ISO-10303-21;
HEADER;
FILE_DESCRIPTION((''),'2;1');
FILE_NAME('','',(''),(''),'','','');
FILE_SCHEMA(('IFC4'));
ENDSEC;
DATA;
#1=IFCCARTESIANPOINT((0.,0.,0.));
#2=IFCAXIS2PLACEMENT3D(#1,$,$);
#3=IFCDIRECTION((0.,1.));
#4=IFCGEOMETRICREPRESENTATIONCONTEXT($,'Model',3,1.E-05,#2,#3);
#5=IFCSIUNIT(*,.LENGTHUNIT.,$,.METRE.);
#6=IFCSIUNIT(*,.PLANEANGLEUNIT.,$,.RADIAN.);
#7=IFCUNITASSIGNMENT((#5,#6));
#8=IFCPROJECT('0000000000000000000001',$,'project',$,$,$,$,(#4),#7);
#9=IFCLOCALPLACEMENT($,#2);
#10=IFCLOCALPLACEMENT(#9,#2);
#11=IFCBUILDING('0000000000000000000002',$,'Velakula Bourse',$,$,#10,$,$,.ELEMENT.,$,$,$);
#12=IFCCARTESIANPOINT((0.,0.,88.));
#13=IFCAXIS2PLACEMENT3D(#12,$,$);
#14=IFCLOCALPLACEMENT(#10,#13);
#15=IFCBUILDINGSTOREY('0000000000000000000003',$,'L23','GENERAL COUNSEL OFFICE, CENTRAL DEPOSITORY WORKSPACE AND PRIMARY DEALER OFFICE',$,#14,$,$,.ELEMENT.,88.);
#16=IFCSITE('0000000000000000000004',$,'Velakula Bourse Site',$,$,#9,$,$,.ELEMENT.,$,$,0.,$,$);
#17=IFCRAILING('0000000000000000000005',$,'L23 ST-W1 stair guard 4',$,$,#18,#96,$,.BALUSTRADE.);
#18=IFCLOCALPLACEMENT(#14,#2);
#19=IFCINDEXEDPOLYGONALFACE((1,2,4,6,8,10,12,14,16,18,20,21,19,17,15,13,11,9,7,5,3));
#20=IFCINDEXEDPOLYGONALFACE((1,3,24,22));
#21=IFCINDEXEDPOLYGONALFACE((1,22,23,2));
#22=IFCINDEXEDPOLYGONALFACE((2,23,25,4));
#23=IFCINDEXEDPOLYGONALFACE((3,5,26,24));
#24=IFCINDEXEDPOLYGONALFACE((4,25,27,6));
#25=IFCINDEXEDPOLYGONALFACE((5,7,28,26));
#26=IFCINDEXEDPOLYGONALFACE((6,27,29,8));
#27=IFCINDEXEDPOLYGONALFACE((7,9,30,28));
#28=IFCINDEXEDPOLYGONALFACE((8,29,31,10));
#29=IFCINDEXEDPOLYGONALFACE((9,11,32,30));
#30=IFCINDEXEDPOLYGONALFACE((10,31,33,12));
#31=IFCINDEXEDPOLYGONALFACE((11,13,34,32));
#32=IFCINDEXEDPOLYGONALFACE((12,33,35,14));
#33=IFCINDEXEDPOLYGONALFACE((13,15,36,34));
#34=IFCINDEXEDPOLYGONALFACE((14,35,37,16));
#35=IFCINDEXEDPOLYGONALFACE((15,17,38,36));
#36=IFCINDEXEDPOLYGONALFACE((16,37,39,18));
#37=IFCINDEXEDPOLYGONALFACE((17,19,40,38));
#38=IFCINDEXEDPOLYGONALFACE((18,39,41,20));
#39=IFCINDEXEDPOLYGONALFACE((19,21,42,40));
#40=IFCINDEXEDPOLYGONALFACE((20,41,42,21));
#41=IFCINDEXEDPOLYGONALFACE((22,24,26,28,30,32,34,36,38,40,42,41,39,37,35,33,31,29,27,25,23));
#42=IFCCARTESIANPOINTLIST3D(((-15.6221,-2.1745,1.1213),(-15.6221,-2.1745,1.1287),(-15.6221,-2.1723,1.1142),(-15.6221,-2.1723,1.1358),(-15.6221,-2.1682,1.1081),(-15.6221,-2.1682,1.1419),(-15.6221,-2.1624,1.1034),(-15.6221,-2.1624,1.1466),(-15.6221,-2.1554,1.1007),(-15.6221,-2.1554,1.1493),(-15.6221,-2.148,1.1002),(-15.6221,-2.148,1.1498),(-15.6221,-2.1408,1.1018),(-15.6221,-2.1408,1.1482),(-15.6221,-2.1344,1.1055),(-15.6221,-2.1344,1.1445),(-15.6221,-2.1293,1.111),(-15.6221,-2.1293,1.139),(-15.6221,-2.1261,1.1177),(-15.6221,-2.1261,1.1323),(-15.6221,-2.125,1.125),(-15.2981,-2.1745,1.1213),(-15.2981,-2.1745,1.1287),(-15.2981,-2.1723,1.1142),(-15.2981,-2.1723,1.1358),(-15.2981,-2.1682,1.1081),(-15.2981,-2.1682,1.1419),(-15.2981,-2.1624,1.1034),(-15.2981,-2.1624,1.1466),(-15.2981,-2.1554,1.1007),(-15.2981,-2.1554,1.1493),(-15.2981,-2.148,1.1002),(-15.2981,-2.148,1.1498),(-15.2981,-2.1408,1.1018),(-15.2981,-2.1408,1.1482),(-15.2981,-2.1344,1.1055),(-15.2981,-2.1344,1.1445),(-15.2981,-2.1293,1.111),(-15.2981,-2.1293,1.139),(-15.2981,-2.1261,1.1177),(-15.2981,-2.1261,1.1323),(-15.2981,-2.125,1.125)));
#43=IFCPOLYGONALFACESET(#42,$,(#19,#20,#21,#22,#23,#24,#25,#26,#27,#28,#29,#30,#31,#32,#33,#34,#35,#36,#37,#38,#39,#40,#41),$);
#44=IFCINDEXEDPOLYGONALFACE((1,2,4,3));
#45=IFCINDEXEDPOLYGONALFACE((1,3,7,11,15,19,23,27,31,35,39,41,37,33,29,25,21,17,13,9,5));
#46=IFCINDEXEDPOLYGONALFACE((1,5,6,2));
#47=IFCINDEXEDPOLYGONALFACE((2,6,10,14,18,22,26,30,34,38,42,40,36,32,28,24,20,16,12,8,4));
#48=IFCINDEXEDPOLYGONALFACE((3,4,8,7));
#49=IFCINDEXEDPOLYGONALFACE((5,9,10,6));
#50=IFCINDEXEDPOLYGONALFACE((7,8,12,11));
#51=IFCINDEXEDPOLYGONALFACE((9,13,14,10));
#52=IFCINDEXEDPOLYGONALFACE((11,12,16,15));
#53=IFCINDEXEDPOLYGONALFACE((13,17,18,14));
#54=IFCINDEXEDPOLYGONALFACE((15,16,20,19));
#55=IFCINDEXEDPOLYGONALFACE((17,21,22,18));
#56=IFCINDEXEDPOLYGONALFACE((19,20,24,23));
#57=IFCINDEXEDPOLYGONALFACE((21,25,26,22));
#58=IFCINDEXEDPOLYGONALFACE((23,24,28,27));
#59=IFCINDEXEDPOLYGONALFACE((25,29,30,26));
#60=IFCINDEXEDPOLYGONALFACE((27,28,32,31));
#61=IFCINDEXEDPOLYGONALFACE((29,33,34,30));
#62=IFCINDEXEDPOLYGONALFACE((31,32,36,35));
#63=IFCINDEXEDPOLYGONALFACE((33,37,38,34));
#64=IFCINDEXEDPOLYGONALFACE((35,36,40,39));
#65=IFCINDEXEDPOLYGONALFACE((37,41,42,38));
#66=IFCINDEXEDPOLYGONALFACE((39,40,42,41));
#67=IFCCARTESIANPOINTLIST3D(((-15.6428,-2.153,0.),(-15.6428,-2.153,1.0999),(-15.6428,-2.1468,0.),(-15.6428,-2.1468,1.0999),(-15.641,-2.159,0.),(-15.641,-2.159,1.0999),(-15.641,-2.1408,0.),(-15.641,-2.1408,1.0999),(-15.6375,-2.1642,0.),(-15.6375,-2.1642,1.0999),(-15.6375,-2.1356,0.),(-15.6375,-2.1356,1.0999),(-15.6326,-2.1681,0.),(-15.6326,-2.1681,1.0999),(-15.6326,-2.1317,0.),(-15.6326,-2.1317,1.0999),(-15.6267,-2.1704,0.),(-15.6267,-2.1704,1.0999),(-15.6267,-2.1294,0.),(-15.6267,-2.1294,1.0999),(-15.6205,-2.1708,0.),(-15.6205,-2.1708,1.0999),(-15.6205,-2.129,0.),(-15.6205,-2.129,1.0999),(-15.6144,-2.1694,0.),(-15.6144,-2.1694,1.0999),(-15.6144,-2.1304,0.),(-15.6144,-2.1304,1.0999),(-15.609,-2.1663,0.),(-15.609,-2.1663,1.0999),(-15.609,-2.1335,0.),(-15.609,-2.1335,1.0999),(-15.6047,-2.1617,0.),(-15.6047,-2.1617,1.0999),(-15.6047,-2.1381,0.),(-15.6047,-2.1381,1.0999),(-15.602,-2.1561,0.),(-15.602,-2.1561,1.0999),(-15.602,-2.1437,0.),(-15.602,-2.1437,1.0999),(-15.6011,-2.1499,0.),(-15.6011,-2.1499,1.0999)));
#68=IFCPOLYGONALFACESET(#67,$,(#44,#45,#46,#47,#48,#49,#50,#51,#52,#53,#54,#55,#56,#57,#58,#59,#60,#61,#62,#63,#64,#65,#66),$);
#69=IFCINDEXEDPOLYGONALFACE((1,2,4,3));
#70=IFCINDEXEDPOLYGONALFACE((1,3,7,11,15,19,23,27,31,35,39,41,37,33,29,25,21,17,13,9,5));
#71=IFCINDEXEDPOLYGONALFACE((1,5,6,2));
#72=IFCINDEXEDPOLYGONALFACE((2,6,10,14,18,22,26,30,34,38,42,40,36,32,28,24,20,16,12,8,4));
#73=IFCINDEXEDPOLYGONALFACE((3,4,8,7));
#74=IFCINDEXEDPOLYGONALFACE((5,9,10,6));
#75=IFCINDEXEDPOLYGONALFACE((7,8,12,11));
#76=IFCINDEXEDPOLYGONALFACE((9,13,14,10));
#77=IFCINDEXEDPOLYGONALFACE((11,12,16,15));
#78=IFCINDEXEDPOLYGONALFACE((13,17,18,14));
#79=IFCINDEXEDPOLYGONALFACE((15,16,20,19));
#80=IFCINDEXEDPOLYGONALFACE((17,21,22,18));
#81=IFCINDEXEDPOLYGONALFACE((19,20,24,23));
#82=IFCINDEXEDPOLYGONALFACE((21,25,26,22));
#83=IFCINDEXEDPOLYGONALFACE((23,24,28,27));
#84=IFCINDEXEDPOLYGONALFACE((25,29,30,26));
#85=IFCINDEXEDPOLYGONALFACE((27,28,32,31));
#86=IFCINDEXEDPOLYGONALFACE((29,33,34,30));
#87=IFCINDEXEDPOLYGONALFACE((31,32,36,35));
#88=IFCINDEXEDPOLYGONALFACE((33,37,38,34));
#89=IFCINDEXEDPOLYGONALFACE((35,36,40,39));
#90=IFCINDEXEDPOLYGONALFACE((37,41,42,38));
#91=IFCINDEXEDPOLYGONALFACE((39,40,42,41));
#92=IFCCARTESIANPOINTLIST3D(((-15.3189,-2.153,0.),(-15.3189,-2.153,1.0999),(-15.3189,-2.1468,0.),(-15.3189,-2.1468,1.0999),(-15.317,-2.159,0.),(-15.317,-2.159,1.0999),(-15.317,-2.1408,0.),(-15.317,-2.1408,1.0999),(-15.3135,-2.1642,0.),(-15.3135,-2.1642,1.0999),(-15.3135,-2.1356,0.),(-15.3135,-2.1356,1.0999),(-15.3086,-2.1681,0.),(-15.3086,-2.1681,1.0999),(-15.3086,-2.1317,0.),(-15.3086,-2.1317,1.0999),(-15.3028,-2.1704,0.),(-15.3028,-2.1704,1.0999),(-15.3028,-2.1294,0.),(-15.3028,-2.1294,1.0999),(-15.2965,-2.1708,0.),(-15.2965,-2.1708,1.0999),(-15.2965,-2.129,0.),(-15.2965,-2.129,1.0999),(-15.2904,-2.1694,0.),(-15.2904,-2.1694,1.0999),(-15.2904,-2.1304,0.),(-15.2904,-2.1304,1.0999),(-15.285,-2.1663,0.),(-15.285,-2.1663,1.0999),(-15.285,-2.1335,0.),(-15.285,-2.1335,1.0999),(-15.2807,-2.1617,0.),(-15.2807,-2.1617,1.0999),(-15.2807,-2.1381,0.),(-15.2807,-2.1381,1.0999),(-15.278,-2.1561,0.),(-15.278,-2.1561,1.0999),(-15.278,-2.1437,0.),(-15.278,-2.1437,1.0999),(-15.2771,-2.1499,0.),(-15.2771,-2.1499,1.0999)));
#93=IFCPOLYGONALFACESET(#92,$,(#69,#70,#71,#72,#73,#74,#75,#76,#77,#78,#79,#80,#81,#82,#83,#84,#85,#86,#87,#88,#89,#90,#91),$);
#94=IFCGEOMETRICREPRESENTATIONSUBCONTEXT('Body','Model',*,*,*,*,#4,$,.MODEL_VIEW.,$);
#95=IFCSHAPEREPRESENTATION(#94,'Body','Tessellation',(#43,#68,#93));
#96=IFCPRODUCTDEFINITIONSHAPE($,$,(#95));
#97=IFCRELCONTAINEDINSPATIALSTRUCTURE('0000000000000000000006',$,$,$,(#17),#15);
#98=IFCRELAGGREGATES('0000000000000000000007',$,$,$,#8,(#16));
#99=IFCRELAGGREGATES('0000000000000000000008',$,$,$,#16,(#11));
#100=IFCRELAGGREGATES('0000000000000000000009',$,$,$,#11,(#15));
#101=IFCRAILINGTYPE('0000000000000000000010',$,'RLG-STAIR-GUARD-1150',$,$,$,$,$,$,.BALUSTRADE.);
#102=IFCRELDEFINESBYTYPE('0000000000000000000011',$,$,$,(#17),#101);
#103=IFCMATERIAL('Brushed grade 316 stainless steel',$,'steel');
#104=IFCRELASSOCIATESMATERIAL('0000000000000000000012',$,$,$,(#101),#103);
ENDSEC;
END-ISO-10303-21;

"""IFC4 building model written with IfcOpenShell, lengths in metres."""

from ifc_helpers import new_model, si_unit, direction, frame, origin, origin_2d, place, context, subcontext, project, spatial, circle, extrude, material, type_object, element, save


model = new_model("IFC4")

# Units and contexts
model_context = context("Model", 3, precision=1e-05, world=origin(), true_north=direction((0.0, 1.0)))
body_context = subcontext(model_context, "Body", "Model", "MODEL_VIEW")
ifc_project = project(units=[si_unit("LENGTHUNIT", "METRE"), si_unit("PLANEANGLEUNIT", "RADIAN")], contexts=[model_context])

# Site, building, storey
site_placement = place(None, origin())
site = spatial("IfcSite", under=ifc_project, at=site_placement, Name="Velakula Bourse Site", CompositionType="ELEMENT", RefElevation=0.0)
building_placement = place(site_placement, origin())
building = spatial("IfcBuilding", under=site, at=building_placement, Name="Velakula Bourse", CompositionType="ELEMENT")
storey_placement = place(building_placement, frame((0.0, 0.0, 88.0)))
storey = spatial("IfcBuildingStorey", under=building, at=storey_placement, Name="L23", Description="GENERAL COUNSEL OFFICE, CENTRAL DEPOSITORY WORKSPACE AND PRIMARY DEALER OFFICE", CompositionType="ELEMENT", Elevation=88.0)

# Shared definitions
ifc_material_1 = material(Name="Brushed grade 316 stainless steel", Category="steel")

# Railing
railing_type_1 = type_object("IfcRailingType", Name="RLG-STAIR-GUARD-1150", PredefinedType="BALUSTRADE", material=ifc_material_1)
railing_1_placement = place(storey_placement, frame((-15.6221, -2.1499, 0.0)))
element("IfcRailing", 1, at=railing_1_placement, inside=storey, type_object=railing_type_1, Name="L23 ST-W1 stair guard 4", PredefinedType="BALUSTRADE", context=body_context, shape_type="SweptSolid", body=[
    extrude(circle(Radius=0.0249, at=origin_2d()), frame((0.0, 0.0, 1.125), z_axis=(1.0, 0.0, 0.0), x_axis=(0.0, 1.0, 0.0)), (0.0, 0.0, 1.0), 0.324),
    extrude(circle(Radius=0.021, at=origin_2d()), origin(), (0.0, 0.0, 1.0), 1.0999),
    extrude(circle(Radius=0.021, at=origin_2d()), frame((0.324, 0.0, 0.0)), (0.0, 0.0, 1.0), 1.0999),
])

save(model, "model.ifc")
